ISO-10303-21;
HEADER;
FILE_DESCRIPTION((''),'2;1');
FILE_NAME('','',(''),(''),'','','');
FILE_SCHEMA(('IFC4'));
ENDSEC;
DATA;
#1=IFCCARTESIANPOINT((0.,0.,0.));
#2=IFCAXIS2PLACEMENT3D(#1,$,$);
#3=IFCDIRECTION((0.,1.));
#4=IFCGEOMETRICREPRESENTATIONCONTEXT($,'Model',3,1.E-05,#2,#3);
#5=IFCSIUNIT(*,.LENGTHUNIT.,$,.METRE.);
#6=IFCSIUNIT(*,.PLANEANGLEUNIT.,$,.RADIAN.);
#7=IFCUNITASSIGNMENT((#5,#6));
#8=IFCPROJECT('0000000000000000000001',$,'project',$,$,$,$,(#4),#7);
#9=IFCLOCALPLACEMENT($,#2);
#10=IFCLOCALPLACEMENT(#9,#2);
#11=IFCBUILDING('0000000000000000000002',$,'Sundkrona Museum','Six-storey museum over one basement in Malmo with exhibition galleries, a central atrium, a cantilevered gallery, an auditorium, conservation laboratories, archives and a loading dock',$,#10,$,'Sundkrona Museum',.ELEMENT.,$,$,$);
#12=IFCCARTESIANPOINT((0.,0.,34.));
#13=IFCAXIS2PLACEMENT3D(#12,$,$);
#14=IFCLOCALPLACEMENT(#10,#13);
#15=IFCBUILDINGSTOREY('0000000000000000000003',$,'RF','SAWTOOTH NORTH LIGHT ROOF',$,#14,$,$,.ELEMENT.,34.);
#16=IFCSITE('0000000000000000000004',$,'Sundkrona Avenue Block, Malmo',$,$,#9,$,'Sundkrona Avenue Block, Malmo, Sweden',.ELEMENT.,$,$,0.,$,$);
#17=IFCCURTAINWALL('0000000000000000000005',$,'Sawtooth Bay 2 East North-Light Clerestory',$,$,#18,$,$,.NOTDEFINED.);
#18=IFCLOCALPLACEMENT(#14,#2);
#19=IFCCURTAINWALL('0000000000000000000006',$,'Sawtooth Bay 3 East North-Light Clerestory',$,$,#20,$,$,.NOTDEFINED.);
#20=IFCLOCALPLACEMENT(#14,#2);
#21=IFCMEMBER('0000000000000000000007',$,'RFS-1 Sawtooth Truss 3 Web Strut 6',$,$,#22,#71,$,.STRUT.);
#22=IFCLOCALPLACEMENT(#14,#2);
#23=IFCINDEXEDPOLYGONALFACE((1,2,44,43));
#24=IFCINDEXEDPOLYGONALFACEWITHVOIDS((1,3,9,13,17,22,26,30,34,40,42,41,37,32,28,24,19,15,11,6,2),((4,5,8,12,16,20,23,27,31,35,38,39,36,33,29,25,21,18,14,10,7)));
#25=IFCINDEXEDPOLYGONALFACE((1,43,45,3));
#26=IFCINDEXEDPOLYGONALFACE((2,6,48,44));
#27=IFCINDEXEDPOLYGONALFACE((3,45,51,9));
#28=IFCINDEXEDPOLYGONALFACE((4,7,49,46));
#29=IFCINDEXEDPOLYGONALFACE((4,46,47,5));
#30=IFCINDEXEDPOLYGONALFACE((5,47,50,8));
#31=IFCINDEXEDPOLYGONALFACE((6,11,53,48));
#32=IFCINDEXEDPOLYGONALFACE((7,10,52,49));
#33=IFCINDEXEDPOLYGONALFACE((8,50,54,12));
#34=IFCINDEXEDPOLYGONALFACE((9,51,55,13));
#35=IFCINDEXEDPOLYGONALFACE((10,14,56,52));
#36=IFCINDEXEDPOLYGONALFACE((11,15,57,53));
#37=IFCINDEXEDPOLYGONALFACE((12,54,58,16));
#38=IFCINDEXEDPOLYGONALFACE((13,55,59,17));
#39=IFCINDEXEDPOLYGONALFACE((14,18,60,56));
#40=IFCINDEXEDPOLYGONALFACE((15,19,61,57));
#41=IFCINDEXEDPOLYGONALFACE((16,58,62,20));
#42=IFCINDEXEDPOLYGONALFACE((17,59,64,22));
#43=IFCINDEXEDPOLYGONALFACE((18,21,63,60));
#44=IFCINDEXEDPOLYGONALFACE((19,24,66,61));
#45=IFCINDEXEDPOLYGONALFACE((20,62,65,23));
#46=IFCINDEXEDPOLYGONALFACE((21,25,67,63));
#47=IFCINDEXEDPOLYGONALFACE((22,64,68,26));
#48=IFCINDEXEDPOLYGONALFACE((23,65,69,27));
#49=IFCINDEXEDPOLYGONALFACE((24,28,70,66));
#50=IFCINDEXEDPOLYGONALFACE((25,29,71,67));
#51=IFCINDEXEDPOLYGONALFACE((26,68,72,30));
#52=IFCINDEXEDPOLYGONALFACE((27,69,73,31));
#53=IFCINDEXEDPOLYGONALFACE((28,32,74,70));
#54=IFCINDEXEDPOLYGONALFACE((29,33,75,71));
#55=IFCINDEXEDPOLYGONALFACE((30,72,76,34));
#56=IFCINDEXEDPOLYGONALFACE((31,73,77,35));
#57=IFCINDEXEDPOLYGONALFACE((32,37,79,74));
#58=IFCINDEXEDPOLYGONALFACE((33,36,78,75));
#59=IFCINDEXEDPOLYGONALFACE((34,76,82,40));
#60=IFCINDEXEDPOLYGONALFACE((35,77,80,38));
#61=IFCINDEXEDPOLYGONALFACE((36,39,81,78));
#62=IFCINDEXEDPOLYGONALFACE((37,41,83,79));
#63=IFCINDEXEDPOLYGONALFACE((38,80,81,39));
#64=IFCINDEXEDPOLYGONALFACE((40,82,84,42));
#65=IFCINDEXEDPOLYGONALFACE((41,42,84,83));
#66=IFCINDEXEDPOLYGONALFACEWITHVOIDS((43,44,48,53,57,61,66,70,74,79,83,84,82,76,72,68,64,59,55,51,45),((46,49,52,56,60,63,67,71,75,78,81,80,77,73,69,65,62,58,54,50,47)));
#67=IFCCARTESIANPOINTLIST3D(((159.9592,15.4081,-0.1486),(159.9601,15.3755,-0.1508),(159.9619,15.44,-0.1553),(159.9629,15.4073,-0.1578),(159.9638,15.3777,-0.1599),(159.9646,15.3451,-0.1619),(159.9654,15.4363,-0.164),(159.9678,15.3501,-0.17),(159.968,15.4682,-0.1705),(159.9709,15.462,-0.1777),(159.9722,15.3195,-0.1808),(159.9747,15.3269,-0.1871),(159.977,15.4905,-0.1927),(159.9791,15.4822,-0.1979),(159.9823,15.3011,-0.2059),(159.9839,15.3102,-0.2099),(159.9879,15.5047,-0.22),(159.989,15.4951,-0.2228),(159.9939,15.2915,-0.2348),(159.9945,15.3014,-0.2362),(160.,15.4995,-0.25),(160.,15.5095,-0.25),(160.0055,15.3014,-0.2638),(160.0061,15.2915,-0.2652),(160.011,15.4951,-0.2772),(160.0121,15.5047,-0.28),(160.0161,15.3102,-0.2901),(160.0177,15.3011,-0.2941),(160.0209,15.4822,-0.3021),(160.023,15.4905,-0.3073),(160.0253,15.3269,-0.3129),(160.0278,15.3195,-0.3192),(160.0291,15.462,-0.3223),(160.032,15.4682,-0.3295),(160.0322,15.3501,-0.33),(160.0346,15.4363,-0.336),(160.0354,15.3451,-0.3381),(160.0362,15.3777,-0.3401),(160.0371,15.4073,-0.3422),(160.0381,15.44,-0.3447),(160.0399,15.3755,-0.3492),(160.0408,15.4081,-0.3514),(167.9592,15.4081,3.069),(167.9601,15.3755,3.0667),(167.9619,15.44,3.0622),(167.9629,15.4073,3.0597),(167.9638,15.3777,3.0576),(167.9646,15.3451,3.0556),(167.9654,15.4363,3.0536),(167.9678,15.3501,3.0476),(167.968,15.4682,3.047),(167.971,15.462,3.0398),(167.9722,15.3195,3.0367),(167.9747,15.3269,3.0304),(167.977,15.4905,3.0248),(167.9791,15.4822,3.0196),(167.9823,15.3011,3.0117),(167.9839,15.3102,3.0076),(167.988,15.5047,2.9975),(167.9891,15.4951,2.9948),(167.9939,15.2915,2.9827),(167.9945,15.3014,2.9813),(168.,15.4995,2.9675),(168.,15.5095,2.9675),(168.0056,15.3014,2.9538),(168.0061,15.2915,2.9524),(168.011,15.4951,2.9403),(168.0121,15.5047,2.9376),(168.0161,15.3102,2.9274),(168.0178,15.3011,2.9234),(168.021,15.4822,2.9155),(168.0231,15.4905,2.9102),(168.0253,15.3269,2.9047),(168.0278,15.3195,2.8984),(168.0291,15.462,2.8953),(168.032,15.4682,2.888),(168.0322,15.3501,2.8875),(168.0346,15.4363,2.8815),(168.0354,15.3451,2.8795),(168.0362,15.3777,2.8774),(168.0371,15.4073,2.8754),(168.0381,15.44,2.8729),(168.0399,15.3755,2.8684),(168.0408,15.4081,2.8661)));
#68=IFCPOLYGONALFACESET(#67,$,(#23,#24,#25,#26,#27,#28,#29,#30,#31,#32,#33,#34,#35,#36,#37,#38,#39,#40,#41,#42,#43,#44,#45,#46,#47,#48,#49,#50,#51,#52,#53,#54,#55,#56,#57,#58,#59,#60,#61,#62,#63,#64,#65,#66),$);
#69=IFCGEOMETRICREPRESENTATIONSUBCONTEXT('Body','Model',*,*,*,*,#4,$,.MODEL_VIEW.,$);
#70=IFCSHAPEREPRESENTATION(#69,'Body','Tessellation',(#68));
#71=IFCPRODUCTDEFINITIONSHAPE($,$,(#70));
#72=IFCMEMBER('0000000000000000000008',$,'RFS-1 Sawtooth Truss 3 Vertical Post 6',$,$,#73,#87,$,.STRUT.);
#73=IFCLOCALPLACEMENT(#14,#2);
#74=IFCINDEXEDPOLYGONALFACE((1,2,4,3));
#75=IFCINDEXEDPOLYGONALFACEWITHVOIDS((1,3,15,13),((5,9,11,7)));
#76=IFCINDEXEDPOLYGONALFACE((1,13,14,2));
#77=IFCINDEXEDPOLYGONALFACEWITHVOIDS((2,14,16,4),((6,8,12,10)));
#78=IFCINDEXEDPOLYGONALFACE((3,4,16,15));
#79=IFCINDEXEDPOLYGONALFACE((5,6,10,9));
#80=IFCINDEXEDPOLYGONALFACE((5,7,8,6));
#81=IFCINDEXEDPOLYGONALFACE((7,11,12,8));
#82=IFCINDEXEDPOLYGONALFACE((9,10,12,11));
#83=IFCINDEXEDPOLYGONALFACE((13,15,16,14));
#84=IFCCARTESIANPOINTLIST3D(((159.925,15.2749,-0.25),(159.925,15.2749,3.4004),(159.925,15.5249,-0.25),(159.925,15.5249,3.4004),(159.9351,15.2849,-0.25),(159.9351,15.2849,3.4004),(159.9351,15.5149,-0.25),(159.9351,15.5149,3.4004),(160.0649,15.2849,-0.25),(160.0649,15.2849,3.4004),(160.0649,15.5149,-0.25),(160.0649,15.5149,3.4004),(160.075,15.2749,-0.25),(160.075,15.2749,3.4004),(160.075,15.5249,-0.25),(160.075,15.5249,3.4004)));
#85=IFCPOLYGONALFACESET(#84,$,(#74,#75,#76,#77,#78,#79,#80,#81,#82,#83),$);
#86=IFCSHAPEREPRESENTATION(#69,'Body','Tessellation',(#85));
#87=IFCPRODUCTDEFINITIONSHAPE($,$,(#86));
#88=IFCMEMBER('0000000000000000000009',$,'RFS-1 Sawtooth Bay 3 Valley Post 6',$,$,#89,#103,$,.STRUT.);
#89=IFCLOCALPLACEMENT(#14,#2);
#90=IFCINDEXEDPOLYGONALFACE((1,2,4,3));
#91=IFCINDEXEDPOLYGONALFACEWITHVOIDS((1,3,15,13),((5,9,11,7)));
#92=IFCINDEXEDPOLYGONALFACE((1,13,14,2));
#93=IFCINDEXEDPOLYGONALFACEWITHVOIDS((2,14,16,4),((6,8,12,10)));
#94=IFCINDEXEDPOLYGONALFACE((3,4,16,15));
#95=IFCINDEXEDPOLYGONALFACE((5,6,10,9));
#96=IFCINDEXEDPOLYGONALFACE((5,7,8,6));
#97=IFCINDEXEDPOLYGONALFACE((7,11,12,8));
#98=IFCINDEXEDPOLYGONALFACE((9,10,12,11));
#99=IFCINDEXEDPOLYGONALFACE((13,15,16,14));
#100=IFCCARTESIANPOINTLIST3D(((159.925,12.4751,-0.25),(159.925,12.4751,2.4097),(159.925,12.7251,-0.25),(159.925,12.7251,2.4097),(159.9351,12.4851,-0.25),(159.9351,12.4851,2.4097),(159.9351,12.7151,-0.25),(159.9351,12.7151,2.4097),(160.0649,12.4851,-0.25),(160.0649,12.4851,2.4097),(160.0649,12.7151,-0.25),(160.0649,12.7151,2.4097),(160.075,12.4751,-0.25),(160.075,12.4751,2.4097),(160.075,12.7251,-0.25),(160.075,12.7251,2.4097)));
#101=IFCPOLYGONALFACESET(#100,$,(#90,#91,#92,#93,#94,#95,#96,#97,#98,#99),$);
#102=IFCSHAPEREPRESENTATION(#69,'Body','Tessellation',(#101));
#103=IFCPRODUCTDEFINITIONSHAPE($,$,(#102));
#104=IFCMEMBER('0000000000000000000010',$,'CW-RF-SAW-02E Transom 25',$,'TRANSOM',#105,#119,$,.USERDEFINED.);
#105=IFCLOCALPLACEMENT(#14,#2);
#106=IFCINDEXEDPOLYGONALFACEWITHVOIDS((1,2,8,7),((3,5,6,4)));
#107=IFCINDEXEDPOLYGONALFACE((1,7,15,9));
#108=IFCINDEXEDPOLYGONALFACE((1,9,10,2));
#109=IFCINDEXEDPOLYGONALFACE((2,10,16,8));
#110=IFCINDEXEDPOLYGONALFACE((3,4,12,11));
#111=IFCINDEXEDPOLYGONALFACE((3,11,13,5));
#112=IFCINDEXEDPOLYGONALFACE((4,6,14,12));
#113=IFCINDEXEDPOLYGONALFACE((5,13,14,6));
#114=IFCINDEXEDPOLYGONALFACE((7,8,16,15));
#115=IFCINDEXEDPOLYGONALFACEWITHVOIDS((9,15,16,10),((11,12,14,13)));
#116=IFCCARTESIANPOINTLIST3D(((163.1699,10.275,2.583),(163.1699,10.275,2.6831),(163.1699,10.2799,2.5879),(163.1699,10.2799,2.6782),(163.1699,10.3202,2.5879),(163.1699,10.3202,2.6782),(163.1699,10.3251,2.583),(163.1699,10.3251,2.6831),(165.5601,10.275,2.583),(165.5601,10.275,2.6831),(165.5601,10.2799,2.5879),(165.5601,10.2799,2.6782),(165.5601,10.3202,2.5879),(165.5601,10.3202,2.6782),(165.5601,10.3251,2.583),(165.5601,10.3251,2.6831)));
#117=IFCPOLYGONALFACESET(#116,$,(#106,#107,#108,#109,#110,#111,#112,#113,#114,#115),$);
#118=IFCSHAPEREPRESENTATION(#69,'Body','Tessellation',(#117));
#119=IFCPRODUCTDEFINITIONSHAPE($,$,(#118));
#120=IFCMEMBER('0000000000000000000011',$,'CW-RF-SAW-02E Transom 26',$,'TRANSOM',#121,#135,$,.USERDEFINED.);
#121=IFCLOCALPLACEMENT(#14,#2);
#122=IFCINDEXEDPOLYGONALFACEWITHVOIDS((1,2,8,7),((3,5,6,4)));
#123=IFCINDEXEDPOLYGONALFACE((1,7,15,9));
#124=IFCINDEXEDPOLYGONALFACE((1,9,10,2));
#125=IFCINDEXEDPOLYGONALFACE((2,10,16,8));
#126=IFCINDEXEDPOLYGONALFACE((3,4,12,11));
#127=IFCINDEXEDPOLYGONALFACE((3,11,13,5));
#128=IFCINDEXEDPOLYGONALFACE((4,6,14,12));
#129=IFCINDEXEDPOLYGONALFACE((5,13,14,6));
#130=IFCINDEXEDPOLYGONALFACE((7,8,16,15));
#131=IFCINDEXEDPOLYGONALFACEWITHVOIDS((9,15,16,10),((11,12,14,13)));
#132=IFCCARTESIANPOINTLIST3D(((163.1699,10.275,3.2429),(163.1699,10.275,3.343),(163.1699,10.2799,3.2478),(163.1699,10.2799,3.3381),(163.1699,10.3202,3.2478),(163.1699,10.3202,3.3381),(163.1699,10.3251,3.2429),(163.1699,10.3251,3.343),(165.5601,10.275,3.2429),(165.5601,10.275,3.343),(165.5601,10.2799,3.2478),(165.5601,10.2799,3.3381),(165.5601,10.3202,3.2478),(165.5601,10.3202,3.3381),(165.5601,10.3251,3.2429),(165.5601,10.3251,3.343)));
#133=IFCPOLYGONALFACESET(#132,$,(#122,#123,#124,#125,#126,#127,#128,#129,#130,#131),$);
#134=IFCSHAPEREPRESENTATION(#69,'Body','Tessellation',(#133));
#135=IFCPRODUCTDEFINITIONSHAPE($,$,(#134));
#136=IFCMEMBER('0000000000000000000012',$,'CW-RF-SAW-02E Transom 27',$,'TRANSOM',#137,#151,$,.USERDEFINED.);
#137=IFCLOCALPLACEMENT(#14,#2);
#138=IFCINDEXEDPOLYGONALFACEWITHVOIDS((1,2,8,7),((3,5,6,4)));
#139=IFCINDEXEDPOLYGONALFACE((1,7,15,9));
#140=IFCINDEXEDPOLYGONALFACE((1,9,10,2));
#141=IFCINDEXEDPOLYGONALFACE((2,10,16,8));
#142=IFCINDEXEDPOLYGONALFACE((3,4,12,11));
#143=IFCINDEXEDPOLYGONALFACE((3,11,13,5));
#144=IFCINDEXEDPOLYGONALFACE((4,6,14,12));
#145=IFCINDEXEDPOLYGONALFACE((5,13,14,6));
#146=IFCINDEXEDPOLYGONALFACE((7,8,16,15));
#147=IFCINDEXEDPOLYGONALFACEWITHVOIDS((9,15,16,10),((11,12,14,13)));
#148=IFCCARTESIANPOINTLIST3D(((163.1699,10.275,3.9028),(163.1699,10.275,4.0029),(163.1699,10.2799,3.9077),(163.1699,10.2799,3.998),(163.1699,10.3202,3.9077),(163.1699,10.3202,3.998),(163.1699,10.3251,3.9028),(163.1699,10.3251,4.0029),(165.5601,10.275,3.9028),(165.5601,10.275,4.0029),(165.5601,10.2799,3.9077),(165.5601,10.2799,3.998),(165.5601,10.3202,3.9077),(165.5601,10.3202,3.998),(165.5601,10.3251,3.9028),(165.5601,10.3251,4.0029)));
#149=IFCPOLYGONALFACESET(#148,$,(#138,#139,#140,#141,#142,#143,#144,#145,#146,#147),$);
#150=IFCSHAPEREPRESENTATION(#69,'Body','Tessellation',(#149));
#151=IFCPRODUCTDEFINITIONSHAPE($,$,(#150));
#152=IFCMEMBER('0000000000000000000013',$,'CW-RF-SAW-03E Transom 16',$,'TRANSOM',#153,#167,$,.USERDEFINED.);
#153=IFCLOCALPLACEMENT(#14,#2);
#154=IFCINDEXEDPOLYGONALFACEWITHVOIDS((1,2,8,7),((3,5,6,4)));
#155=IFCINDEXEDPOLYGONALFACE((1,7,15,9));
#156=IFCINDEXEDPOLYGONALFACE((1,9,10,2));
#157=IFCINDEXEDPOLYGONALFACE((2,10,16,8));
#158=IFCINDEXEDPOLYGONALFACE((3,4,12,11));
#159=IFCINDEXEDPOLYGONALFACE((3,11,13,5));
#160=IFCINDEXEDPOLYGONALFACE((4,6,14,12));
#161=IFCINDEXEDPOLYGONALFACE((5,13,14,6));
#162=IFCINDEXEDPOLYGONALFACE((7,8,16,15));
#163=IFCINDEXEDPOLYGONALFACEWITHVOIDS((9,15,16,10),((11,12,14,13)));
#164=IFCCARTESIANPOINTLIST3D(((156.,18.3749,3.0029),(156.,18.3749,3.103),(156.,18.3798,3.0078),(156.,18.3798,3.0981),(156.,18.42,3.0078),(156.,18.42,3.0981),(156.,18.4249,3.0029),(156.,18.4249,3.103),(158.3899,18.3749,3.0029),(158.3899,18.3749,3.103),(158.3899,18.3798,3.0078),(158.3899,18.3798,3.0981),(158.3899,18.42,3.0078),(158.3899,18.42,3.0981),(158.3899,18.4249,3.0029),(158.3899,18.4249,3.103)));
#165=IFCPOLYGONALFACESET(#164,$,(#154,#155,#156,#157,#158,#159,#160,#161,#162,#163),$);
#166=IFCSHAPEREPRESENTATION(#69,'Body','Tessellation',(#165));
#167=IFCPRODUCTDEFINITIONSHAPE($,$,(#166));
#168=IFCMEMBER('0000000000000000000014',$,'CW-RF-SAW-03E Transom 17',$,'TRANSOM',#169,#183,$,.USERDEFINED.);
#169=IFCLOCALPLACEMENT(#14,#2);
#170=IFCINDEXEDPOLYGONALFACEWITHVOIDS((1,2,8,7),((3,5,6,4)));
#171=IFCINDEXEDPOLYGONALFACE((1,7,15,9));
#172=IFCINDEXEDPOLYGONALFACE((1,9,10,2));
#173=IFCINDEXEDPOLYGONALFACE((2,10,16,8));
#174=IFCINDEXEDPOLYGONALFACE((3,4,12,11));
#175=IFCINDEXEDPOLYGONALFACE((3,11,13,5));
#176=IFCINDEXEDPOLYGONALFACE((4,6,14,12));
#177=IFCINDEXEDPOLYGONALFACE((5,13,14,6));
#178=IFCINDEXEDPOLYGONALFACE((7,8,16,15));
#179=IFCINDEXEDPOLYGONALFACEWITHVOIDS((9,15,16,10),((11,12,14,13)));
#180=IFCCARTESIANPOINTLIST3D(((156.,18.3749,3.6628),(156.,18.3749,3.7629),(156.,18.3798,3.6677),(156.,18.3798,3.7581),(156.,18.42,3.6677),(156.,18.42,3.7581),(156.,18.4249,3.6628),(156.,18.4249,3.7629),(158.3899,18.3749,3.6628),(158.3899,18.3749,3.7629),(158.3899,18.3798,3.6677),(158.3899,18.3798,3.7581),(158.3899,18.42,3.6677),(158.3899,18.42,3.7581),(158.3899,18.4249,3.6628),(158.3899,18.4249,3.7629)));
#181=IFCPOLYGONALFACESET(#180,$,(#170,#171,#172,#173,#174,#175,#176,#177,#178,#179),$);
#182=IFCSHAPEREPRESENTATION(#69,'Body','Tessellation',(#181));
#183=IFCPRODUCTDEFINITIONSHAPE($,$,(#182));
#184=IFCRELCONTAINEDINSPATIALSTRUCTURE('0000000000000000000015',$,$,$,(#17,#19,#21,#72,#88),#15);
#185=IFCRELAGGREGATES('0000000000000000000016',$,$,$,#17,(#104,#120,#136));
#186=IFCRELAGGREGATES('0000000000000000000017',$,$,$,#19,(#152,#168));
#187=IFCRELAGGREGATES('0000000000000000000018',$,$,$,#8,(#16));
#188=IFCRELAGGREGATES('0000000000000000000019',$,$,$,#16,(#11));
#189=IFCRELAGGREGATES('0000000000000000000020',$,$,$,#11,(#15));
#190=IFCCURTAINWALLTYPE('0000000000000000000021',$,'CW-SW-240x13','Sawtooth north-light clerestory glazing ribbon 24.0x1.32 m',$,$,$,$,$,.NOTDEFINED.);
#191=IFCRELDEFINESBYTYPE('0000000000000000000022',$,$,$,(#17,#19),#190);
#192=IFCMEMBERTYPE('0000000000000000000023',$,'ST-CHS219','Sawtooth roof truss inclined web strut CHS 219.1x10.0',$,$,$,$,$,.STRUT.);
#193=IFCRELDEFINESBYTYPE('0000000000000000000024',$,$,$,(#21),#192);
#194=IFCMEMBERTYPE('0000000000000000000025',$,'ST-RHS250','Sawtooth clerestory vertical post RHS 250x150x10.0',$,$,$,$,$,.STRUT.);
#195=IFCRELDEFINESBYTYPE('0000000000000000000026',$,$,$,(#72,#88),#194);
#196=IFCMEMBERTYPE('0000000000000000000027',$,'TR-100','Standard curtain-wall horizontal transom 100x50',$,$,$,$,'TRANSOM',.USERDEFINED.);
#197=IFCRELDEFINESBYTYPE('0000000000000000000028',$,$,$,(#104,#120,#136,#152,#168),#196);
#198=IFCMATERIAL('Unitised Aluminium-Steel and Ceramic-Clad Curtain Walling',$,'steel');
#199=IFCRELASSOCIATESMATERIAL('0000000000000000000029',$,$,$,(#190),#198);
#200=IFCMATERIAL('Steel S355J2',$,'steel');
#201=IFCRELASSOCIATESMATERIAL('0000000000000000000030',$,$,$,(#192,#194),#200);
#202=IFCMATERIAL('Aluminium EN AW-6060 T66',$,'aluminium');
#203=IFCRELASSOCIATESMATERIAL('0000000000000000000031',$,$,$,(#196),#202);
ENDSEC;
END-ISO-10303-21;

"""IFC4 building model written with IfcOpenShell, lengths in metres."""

from ifc_helpers import new_model, si_unit, direction, frame, origin, origin_2d, place, context, subcontext, project, spatial, hollow_rectangle, hollow_circle, extrude, material, material_profile, profile_set, type_object, element, aggregate, save


model = new_model("IFC4")

# Units and contexts
model_context = context("Model", 3, precision=1e-05, world=origin(), true_north=direction((0.0, 1.0)))
body_context = subcontext(model_context, "Body", "Model", "MODEL_VIEW")
ifc_project = project(units=[si_unit("LENGTHUNIT", "METRE"), si_unit("PLANEANGLEUNIT", "RADIAN")], contexts=[model_context])

# Site, building, storey
site_placement = place(None, origin())
site = spatial("IfcSite", under=ifc_project, at=site_placement, Name="Sundkrona Avenue Block, Malmo", LongName="Sundkrona Avenue Block, Malmo, Sweden", CompositionType="ELEMENT", RefElevation=0.0)
building_placement = place(site_placement, origin())
building = spatial("IfcBuilding", under=site, at=building_placement, Name="Sundkrona Museum", Description="Six-storey museum over one basement in Malmo with exhibition galleries, a central atrium, a cantilevered gallery, an auditorium, conservation laboratories, archives and a loading dock", LongName="Sundkrona Museum", CompositionType="ELEMENT")
storey_placement = place(building_placement, frame((0.0, 0.0, 34.0)))
storey = spatial("IfcBuildingStorey", under=building, at=storey_placement, Name="RF", Description="SAWTOOTH NORTH LIGHT ROOF", CompositionType="ELEMENT", Elevation=34.0)

# Curtain wall
ifc_material_1 = material(Name="Unitised Aluminium-Steel and Ceramic-Clad Curtain Walling", Category="steel")
curtain_wall_type = type_object("IfcCurtainWallType", Name="CW-SW-240x13", Description="Sawtooth north-light clerestory glazing ribbon 24.0x1.32 m", PredefinedType="NOTDEFINED", material=ifc_material_1)
curtain_wall_1_placement = place(storey_placement, origin())
curtain_wall_1 = element("IfcCurtainWall", 1, at=curtain_wall_1_placement, inside=storey, type_object=curtain_wall_type, Name="Sawtooth Bay 2 East North-Light Clerestory", PredefinedType="NOTDEFINED")
ifc_material_2 = material(Name="Aluminium EN AW-6060 T66", Category="aluminium")

# Curtain wall
curtain_wall_2_placement = place(storey_placement, origin())
curtain_wall_2 = element("IfcCurtainWall", 2, at=curtain_wall_2_placement, inside=storey, type_object=curtain_wall_type, Name="Sawtooth Bay 3 East North-Light Clerestory", PredefinedType="NOTDEFINED")

# Members
ifc_material_3 = material(Name="Steel S355J2", Category="steel")
ifc_material_profile_1 = material_profile(ifc_material_3, hollow_circle(Radius=0.1096, WallThickness=0.01, at=origin_2d()), Name="CHS 219.1x10.0")
ifc_profile_set_1 = profile_set([ifc_material_profile_1], Name="Steel S355J2")
member_type_1 = type_object("IfcMemberType", Name="ST-CHS219", Description="Sawtooth roof truss inclined web strut CHS 219.1x10.0", PredefinedType="STRUT", material=ifc_profile_set_1)
member_1_placement = place(storey_placement, frame((160.0, 15.3999, -0.25), z_axis=(0.927774, 0.0, 0.373143), x_axis=(0.0, 1.0, 0.0)))
element("IfcMember", 3, at=member_1_placement, inside=storey, type_object=member_type_1, Name="RFS-1 Sawtooth Truss 3 Web Strut 6", PredefinedType="STRUT", context=body_context, shape_type="SweptSolid", body=[
    extrude(hollow_circle(Radius=0.1096, WallThickness=0.01, at=origin_2d()), origin(), (0.0, 0.0, 1.0), 8.6228),
])
ifc_material_profile_2 = material_profile(ifc_material_3, hollow_rectangle(XDim=0.1499, YDim=0.25, WallThickness=0.01, at=origin_2d()), Name="RHS 250x150x10.0")
ifc_profile_set_2 = profile_set([ifc_material_profile_2], Name="Steel S355J2")
member_type_2 = type_object("IfcMemberType", Name="ST-RHS250", Description="Sawtooth clerestory vertical post RHS 250x150x10.0", PredefinedType="STRUT", material=ifc_profile_set_2)
member_2_placement = place(storey_placement, frame((160.0, 15.3999, -0.25), z_axis=(0.0, 0.0, 1.0), x_axis=(1.0, 0.0, 0.0)))
element("IfcMember", 4, at=member_2_placement, inside=storey, type_object=member_type_2, Name="RFS-1 Sawtooth Truss 3 Vertical Post 6", PredefinedType="STRUT", context=body_context, shape_type="SweptSolid", body=[
    extrude(hollow_rectangle(XDim=0.1499, YDim=0.25, WallThickness=0.01, at=origin_2d()), origin(), (0.0, 0.0, 1.0), 3.6504),
])
member_3_placement = place(storey_placement, frame((160.0, 12.6001, -0.25), z_axis=(0.0, 0.0, 1.0), x_axis=(1.0, 0.0, 0.0)))
element("IfcMember", 5, at=member_3_placement, inside=storey, type_object=member_type_2, Name="RFS-1 Sawtooth Bay 3 Valley Post 6", PredefinedType="STRUT", context=body_context, shape_type="SweptSolid", body=[
    extrude(hollow_rectangle(XDim=0.1499, YDim=0.25, WallThickness=0.01, at=origin_2d()), origin(), (0.0, 0.0, 1.0), 2.6597),
])

# Members
ifc_material_profile_3 = material_profile(ifc_material_2, hollow_rectangle(XDim=0.05, YDim=0.1001, WallThickness=0.0049, at=origin_2d()), Name="RHS 100x50x5.0")
ifc_profile_set_3 = profile_set([ifc_material_profile_3], Name="Aluminium EN AW-6060 T66")
member_type_3 = type_object("IfcMemberType", Name="TR-100", Description="Standard curtain-wall horizontal transom 100x50", ElementType="TRANSOM", PredefinedType="USERDEFINED", material=ifc_profile_set_3)
member_4_placement = place(storey_placement, frame((163.1699, 10.3, 2.6331), z_axis=(1.0, 0.0, 0.0), x_axis=(0.0, 1.0, 0.0)))
member_4 = element("IfcMember", 6, at=member_4_placement, type_object=member_type_3, Name="CW-RF-SAW-02E Transom 25", ObjectType="TRANSOM", PredefinedType="USERDEFINED", context=body_context, shape_type="SweptSolid", body=[
    extrude(hollow_rectangle(XDim=0.05, YDim=0.1001, WallThickness=0.0049, at=origin_2d()), origin(), (0.0, 0.0, 1.0), 2.3901),
])
member_5_placement = place(storey_placement, frame((163.1699, 10.3, 3.293), z_axis=(1.0, 0.0, 0.0), x_axis=(0.0, 1.0, 0.0)))
member_5 = element("IfcMember", 7, at=member_5_placement, type_object=member_type_3, Name="CW-RF-SAW-02E Transom 26", ObjectType="TRANSOM", PredefinedType="USERDEFINED", context=body_context, shape_type="SweptSolid", body=[
    extrude(hollow_rectangle(XDim=0.05, YDim=0.1001, WallThickness=0.0049, at=origin_2d()), origin(), (0.0, 0.0, 1.0), 2.3901),
])
member_6_placement = place(storey_placement, frame((163.1699, 10.3, 3.9529), z_axis=(1.0, 0.0, 0.0), x_axis=(0.0, 1.0, 0.0)))
member_6 = element("IfcMember", 8, at=member_6_placement, type_object=member_type_3, Name="CW-RF-SAW-02E Transom 27", ObjectType="TRANSOM", PredefinedType="USERDEFINED", context=body_context, shape_type="SweptSolid", body=[
    extrude(hollow_rectangle(XDim=0.05, YDim=0.1001, WallThickness=0.0049, at=origin_2d()), origin(), (0.0, 0.0, 1.0), 2.3901),
])
member_7_placement = place(storey_placement, frame((156.0, 18.3999, 3.053), z_axis=(1.0, 0.0, 0.0), x_axis=(0.0, 1.0, 0.0)))
member_7 = element("IfcMember", 9, at=member_7_placement, type_object=member_type_3, Name="CW-RF-SAW-03E Transom 16", ObjectType="TRANSOM", PredefinedType="USERDEFINED", context=body_context, shape_type="SweptSolid", body=[
    extrude(hollow_rectangle(XDim=0.05, YDim=0.1001, WallThickness=0.0049, at=origin_2d()), origin(), (0.0, 0.0, 1.0), 2.3899),
])
member_8_placement = place(storey_placement, frame((156.0, 18.3999, 3.7129), z_axis=(1.0, 0.0, 0.0), x_axis=(0.0, 1.0, 0.0)))
member_8 = element("IfcMember", 10, at=member_8_placement, type_object=member_type_3, Name="CW-RF-SAW-03E Transom 17", ObjectType="TRANSOM", PredefinedType="USERDEFINED", context=body_context, shape_type="SweptSolid", body=[
    extrude(hollow_rectangle(XDim=0.05, YDim=0.1001, WallThickness=0.0049, at=origin_2d()), origin(), (0.0, 0.0, 1.0), 2.3899),
])

aggregate(curtain_wall_1, [member_4, member_5, member_6])
aggregate(curtain_wall_2, [member_7, member_8])

save(model, "model.ifc")
